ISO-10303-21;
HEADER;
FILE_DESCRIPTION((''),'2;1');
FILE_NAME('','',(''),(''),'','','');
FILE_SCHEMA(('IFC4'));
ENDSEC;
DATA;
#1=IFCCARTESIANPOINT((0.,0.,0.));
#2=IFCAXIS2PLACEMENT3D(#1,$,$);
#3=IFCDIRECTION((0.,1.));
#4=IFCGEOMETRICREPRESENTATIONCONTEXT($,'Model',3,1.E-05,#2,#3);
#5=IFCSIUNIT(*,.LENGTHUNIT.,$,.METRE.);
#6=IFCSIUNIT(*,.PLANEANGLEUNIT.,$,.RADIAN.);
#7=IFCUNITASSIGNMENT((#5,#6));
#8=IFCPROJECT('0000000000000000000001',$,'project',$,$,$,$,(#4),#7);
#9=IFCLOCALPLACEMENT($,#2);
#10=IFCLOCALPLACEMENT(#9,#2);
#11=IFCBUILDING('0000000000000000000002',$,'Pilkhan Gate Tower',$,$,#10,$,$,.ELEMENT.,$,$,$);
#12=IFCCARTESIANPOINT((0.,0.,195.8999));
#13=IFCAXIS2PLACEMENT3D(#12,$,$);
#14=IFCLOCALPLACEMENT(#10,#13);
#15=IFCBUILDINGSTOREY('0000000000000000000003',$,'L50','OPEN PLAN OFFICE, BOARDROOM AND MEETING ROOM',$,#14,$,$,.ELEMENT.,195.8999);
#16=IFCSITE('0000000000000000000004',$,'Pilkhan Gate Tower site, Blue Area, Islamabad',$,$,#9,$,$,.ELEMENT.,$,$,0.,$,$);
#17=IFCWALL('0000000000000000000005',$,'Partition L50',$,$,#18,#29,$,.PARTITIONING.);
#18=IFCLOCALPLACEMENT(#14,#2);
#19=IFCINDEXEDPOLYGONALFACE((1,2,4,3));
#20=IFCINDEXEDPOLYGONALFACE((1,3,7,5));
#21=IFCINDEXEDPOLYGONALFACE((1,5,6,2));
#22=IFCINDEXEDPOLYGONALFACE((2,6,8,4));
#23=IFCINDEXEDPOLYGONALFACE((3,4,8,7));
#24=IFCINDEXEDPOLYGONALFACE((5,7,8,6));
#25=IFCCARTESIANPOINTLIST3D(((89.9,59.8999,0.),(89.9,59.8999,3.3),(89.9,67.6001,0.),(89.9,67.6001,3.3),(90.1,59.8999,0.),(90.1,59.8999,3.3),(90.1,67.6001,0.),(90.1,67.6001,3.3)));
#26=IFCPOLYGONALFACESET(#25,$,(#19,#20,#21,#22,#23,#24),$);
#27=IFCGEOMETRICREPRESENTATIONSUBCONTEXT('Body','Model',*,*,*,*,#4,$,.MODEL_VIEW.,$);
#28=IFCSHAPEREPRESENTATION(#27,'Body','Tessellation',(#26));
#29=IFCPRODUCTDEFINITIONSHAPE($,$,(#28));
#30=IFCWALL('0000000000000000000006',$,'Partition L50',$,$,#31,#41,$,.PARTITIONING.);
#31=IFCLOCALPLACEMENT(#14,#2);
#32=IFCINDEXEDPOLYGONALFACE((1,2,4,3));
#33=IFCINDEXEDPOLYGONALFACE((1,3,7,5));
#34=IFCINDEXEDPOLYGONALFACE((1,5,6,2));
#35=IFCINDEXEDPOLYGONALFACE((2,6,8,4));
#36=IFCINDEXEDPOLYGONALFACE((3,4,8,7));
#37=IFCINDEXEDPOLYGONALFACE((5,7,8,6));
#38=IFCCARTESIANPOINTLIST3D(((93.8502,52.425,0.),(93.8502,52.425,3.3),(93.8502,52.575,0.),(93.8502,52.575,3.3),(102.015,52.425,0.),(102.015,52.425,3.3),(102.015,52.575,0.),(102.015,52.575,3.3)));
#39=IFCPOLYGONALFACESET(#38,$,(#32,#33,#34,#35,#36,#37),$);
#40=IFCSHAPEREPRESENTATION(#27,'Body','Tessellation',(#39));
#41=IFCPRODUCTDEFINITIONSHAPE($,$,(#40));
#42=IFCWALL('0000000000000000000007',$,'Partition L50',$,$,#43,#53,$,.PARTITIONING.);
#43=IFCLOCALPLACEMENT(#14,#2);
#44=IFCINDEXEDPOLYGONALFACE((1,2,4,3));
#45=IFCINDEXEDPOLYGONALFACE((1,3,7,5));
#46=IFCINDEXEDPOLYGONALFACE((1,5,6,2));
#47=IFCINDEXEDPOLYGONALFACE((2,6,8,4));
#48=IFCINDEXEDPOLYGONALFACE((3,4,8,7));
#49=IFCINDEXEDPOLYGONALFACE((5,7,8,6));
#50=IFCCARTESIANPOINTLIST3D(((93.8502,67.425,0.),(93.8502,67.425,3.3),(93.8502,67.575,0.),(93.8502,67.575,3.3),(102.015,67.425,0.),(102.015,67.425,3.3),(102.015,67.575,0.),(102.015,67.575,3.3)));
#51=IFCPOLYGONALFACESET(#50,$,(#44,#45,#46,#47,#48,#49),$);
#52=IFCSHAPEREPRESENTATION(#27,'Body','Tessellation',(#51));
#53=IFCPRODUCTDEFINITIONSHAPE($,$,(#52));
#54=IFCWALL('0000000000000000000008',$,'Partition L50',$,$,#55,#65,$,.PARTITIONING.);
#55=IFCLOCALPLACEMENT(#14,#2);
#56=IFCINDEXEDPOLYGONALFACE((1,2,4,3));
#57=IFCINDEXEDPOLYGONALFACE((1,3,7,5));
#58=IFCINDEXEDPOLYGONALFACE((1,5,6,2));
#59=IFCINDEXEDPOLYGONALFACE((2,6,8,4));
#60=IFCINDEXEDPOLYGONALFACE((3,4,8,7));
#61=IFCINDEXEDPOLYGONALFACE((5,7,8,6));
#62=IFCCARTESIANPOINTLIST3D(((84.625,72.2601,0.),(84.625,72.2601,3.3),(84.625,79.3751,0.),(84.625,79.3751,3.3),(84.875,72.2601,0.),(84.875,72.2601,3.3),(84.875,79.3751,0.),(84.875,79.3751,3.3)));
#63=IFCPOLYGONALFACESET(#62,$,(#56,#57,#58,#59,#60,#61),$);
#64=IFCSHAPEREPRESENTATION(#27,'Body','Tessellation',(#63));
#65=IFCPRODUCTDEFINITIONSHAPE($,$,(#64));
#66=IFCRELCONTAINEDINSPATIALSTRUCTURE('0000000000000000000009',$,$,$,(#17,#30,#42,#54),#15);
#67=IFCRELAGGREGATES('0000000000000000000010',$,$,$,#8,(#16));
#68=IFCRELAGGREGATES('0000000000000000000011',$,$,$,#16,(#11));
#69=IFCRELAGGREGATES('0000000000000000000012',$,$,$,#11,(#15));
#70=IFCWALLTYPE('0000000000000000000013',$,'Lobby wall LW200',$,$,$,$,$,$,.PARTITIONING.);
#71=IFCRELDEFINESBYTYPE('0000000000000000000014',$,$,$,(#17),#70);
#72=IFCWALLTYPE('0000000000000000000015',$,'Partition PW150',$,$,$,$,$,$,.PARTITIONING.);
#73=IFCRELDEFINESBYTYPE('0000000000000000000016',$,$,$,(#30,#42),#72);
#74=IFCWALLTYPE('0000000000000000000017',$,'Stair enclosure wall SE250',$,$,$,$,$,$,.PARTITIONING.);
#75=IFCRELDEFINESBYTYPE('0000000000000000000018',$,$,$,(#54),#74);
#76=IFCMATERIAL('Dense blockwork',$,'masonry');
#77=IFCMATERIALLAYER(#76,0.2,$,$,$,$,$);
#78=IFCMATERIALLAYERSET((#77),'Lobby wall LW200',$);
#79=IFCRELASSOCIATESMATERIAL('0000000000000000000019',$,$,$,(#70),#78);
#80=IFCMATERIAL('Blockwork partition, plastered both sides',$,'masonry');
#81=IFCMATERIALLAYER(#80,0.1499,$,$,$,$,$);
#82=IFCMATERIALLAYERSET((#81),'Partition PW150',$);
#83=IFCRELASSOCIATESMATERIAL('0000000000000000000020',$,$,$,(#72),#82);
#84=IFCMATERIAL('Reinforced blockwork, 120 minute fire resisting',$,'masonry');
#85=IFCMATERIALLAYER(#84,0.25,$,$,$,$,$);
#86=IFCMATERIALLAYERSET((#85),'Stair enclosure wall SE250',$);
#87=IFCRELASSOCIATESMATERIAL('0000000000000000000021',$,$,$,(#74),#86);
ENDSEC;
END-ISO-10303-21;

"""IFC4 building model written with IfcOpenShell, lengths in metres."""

from ifc_helpers import new_model, si_unit, direction, frame, frame_2d, origin, place, context, subcontext, project, spatial, rectangle, extrude, material, layer, layer_set, type_object, element, save


model = new_model("IFC4")

# Units and contexts
model_context = context("Model", 3, precision=1e-05, world=origin(), true_north=direction((0.0, 1.0)))
body_context = subcontext(model_context, "Body", "Model", "MODEL_VIEW")
ifc_project = project(units=[si_unit("LENGTHUNIT", "METRE"), si_unit("PLANEANGLEUNIT", "RADIAN")], contexts=[model_context])

# Site, building, storey
site_placement = place(None, origin())
site = spatial("IfcSite", under=ifc_project, at=site_placement, Name="Pilkhan Gate Tower site, Blue Area, Islamabad", CompositionType="ELEMENT", RefElevation=0.0)
building_placement = place(site_placement, origin())
building = spatial("IfcBuilding", under=site, at=building_placement, Name="Pilkhan Gate Tower", CompositionType="ELEMENT")
storey_placement = place(building_placement, frame((0.0, 0.0, 195.8999)))
storey = spatial("IfcBuildingStorey", under=building, at=storey_placement, Name="L50", Description="OPEN PLAN OFFICE, BOARDROOM AND MEETING ROOM", CompositionType="ELEMENT", Elevation=195.8999)

# Shared definitions
ifc_material_1 = material(Name="Dense blockwork", Category="masonry")
ifc_layer_1 = layer(ifc_material_1, 0.2)
ifc_layer_set_1 = layer_set([ifc_layer_1], Name="Lobby wall LW200")
wall_type_1 = type_object("IfcWallType", Name="Lobby wall LW200", PredefinedType="PARTITIONING", material=ifc_layer_set_1)

# Walls
for number, where, z_axis, x_axis, name in (
    (1, (90.0, 59.8999, 0.0), (0.0, 0.0, 1.0), (0.0, 1.0, 0.0), "Partition L50"),
):
    element("IfcWall", number, at=place(storey_placement, frame(where, z_axis=z_axis, x_axis=x_axis)), inside=storey, type_object=wall_type_1, Name=name, PredefinedType="PARTITIONING", context=body_context, shape_type="SweptSolid", body=[
        extrude(rectangle(XDim=7.7002, YDim=0.2, at=frame_2d((3.8501, 0.0))), origin(), (0.0, 0.0, 1.0), 3.3),
    ])
ifc_material_2 = material(Name="Blockwork partition, plastered both sides", Category="masonry")
ifc_layer_2 = layer(ifc_material_2, 0.1499)
ifc_layer_set_2 = layer_set([ifc_layer_2], Name="Partition PW150")
wall_type_2 = type_object("IfcWallType", Name="Partition PW150", PredefinedType="PARTITIONING", material=ifc_layer_set_2)
for number, where, z_axis, x_axis, name in (
    (2, (93.8501, 52.5, 0.0), (0.0, 0.0, 1.0), (1.0, 0.0, 0.0), "Partition L50"),
    (3, (93.8501, 67.5, 0.0), (0.0, 0.0, 1.0), (1.0, 0.0, 0.0), "Partition L50"),
):
    element("IfcWall", number, at=place(storey_placement, frame(where, z_axis=z_axis, x_axis=x_axis)), inside=storey, type_object=wall_type_2, Name=name, PredefinedType="PARTITIONING", context=body_context, shape_type="SweptSolid", body=[
        extrude(rectangle(XDim=8.1648, YDim=0.1499, at=frame_2d((4.0825, 0.0))), origin(), (0.0, 0.0, 1.0), 3.3),
    ])
ifc_material_3 = material(Name="Reinforced blockwork, 120 minute fire resisting", Category="masonry")
ifc_layer_3 = layer(ifc_material_3, 0.25)
ifc_layer_set_3 = layer_set([ifc_layer_3], Name="Stair enclosure wall SE250")
wall_type_3 = type_object("IfcWallType", Name="Stair enclosure wall SE250", PredefinedType="PARTITIONING", material=ifc_layer_set_3)
wall_1_placement = place(storey_placement, frame((84.75, 72.26, 0.0), z_axis=(0.0, 0.0, 1.0), x_axis=(0.0, 1.0, 0.0)))
element("IfcWall", 4, at=wall_1_placement, inside=storey, type_object=wall_type_3, Name="Partition L50", PredefinedType="PARTITIONING", context=body_context, shape_type="SweptSolid", body=[
    extrude(rectangle(XDim=7.115, YDim=0.25, at=frame_2d((3.5576, 0.0))), origin(), (0.0, 0.0, 1.0), 3.3),
])

save(model, "model.ifc")
